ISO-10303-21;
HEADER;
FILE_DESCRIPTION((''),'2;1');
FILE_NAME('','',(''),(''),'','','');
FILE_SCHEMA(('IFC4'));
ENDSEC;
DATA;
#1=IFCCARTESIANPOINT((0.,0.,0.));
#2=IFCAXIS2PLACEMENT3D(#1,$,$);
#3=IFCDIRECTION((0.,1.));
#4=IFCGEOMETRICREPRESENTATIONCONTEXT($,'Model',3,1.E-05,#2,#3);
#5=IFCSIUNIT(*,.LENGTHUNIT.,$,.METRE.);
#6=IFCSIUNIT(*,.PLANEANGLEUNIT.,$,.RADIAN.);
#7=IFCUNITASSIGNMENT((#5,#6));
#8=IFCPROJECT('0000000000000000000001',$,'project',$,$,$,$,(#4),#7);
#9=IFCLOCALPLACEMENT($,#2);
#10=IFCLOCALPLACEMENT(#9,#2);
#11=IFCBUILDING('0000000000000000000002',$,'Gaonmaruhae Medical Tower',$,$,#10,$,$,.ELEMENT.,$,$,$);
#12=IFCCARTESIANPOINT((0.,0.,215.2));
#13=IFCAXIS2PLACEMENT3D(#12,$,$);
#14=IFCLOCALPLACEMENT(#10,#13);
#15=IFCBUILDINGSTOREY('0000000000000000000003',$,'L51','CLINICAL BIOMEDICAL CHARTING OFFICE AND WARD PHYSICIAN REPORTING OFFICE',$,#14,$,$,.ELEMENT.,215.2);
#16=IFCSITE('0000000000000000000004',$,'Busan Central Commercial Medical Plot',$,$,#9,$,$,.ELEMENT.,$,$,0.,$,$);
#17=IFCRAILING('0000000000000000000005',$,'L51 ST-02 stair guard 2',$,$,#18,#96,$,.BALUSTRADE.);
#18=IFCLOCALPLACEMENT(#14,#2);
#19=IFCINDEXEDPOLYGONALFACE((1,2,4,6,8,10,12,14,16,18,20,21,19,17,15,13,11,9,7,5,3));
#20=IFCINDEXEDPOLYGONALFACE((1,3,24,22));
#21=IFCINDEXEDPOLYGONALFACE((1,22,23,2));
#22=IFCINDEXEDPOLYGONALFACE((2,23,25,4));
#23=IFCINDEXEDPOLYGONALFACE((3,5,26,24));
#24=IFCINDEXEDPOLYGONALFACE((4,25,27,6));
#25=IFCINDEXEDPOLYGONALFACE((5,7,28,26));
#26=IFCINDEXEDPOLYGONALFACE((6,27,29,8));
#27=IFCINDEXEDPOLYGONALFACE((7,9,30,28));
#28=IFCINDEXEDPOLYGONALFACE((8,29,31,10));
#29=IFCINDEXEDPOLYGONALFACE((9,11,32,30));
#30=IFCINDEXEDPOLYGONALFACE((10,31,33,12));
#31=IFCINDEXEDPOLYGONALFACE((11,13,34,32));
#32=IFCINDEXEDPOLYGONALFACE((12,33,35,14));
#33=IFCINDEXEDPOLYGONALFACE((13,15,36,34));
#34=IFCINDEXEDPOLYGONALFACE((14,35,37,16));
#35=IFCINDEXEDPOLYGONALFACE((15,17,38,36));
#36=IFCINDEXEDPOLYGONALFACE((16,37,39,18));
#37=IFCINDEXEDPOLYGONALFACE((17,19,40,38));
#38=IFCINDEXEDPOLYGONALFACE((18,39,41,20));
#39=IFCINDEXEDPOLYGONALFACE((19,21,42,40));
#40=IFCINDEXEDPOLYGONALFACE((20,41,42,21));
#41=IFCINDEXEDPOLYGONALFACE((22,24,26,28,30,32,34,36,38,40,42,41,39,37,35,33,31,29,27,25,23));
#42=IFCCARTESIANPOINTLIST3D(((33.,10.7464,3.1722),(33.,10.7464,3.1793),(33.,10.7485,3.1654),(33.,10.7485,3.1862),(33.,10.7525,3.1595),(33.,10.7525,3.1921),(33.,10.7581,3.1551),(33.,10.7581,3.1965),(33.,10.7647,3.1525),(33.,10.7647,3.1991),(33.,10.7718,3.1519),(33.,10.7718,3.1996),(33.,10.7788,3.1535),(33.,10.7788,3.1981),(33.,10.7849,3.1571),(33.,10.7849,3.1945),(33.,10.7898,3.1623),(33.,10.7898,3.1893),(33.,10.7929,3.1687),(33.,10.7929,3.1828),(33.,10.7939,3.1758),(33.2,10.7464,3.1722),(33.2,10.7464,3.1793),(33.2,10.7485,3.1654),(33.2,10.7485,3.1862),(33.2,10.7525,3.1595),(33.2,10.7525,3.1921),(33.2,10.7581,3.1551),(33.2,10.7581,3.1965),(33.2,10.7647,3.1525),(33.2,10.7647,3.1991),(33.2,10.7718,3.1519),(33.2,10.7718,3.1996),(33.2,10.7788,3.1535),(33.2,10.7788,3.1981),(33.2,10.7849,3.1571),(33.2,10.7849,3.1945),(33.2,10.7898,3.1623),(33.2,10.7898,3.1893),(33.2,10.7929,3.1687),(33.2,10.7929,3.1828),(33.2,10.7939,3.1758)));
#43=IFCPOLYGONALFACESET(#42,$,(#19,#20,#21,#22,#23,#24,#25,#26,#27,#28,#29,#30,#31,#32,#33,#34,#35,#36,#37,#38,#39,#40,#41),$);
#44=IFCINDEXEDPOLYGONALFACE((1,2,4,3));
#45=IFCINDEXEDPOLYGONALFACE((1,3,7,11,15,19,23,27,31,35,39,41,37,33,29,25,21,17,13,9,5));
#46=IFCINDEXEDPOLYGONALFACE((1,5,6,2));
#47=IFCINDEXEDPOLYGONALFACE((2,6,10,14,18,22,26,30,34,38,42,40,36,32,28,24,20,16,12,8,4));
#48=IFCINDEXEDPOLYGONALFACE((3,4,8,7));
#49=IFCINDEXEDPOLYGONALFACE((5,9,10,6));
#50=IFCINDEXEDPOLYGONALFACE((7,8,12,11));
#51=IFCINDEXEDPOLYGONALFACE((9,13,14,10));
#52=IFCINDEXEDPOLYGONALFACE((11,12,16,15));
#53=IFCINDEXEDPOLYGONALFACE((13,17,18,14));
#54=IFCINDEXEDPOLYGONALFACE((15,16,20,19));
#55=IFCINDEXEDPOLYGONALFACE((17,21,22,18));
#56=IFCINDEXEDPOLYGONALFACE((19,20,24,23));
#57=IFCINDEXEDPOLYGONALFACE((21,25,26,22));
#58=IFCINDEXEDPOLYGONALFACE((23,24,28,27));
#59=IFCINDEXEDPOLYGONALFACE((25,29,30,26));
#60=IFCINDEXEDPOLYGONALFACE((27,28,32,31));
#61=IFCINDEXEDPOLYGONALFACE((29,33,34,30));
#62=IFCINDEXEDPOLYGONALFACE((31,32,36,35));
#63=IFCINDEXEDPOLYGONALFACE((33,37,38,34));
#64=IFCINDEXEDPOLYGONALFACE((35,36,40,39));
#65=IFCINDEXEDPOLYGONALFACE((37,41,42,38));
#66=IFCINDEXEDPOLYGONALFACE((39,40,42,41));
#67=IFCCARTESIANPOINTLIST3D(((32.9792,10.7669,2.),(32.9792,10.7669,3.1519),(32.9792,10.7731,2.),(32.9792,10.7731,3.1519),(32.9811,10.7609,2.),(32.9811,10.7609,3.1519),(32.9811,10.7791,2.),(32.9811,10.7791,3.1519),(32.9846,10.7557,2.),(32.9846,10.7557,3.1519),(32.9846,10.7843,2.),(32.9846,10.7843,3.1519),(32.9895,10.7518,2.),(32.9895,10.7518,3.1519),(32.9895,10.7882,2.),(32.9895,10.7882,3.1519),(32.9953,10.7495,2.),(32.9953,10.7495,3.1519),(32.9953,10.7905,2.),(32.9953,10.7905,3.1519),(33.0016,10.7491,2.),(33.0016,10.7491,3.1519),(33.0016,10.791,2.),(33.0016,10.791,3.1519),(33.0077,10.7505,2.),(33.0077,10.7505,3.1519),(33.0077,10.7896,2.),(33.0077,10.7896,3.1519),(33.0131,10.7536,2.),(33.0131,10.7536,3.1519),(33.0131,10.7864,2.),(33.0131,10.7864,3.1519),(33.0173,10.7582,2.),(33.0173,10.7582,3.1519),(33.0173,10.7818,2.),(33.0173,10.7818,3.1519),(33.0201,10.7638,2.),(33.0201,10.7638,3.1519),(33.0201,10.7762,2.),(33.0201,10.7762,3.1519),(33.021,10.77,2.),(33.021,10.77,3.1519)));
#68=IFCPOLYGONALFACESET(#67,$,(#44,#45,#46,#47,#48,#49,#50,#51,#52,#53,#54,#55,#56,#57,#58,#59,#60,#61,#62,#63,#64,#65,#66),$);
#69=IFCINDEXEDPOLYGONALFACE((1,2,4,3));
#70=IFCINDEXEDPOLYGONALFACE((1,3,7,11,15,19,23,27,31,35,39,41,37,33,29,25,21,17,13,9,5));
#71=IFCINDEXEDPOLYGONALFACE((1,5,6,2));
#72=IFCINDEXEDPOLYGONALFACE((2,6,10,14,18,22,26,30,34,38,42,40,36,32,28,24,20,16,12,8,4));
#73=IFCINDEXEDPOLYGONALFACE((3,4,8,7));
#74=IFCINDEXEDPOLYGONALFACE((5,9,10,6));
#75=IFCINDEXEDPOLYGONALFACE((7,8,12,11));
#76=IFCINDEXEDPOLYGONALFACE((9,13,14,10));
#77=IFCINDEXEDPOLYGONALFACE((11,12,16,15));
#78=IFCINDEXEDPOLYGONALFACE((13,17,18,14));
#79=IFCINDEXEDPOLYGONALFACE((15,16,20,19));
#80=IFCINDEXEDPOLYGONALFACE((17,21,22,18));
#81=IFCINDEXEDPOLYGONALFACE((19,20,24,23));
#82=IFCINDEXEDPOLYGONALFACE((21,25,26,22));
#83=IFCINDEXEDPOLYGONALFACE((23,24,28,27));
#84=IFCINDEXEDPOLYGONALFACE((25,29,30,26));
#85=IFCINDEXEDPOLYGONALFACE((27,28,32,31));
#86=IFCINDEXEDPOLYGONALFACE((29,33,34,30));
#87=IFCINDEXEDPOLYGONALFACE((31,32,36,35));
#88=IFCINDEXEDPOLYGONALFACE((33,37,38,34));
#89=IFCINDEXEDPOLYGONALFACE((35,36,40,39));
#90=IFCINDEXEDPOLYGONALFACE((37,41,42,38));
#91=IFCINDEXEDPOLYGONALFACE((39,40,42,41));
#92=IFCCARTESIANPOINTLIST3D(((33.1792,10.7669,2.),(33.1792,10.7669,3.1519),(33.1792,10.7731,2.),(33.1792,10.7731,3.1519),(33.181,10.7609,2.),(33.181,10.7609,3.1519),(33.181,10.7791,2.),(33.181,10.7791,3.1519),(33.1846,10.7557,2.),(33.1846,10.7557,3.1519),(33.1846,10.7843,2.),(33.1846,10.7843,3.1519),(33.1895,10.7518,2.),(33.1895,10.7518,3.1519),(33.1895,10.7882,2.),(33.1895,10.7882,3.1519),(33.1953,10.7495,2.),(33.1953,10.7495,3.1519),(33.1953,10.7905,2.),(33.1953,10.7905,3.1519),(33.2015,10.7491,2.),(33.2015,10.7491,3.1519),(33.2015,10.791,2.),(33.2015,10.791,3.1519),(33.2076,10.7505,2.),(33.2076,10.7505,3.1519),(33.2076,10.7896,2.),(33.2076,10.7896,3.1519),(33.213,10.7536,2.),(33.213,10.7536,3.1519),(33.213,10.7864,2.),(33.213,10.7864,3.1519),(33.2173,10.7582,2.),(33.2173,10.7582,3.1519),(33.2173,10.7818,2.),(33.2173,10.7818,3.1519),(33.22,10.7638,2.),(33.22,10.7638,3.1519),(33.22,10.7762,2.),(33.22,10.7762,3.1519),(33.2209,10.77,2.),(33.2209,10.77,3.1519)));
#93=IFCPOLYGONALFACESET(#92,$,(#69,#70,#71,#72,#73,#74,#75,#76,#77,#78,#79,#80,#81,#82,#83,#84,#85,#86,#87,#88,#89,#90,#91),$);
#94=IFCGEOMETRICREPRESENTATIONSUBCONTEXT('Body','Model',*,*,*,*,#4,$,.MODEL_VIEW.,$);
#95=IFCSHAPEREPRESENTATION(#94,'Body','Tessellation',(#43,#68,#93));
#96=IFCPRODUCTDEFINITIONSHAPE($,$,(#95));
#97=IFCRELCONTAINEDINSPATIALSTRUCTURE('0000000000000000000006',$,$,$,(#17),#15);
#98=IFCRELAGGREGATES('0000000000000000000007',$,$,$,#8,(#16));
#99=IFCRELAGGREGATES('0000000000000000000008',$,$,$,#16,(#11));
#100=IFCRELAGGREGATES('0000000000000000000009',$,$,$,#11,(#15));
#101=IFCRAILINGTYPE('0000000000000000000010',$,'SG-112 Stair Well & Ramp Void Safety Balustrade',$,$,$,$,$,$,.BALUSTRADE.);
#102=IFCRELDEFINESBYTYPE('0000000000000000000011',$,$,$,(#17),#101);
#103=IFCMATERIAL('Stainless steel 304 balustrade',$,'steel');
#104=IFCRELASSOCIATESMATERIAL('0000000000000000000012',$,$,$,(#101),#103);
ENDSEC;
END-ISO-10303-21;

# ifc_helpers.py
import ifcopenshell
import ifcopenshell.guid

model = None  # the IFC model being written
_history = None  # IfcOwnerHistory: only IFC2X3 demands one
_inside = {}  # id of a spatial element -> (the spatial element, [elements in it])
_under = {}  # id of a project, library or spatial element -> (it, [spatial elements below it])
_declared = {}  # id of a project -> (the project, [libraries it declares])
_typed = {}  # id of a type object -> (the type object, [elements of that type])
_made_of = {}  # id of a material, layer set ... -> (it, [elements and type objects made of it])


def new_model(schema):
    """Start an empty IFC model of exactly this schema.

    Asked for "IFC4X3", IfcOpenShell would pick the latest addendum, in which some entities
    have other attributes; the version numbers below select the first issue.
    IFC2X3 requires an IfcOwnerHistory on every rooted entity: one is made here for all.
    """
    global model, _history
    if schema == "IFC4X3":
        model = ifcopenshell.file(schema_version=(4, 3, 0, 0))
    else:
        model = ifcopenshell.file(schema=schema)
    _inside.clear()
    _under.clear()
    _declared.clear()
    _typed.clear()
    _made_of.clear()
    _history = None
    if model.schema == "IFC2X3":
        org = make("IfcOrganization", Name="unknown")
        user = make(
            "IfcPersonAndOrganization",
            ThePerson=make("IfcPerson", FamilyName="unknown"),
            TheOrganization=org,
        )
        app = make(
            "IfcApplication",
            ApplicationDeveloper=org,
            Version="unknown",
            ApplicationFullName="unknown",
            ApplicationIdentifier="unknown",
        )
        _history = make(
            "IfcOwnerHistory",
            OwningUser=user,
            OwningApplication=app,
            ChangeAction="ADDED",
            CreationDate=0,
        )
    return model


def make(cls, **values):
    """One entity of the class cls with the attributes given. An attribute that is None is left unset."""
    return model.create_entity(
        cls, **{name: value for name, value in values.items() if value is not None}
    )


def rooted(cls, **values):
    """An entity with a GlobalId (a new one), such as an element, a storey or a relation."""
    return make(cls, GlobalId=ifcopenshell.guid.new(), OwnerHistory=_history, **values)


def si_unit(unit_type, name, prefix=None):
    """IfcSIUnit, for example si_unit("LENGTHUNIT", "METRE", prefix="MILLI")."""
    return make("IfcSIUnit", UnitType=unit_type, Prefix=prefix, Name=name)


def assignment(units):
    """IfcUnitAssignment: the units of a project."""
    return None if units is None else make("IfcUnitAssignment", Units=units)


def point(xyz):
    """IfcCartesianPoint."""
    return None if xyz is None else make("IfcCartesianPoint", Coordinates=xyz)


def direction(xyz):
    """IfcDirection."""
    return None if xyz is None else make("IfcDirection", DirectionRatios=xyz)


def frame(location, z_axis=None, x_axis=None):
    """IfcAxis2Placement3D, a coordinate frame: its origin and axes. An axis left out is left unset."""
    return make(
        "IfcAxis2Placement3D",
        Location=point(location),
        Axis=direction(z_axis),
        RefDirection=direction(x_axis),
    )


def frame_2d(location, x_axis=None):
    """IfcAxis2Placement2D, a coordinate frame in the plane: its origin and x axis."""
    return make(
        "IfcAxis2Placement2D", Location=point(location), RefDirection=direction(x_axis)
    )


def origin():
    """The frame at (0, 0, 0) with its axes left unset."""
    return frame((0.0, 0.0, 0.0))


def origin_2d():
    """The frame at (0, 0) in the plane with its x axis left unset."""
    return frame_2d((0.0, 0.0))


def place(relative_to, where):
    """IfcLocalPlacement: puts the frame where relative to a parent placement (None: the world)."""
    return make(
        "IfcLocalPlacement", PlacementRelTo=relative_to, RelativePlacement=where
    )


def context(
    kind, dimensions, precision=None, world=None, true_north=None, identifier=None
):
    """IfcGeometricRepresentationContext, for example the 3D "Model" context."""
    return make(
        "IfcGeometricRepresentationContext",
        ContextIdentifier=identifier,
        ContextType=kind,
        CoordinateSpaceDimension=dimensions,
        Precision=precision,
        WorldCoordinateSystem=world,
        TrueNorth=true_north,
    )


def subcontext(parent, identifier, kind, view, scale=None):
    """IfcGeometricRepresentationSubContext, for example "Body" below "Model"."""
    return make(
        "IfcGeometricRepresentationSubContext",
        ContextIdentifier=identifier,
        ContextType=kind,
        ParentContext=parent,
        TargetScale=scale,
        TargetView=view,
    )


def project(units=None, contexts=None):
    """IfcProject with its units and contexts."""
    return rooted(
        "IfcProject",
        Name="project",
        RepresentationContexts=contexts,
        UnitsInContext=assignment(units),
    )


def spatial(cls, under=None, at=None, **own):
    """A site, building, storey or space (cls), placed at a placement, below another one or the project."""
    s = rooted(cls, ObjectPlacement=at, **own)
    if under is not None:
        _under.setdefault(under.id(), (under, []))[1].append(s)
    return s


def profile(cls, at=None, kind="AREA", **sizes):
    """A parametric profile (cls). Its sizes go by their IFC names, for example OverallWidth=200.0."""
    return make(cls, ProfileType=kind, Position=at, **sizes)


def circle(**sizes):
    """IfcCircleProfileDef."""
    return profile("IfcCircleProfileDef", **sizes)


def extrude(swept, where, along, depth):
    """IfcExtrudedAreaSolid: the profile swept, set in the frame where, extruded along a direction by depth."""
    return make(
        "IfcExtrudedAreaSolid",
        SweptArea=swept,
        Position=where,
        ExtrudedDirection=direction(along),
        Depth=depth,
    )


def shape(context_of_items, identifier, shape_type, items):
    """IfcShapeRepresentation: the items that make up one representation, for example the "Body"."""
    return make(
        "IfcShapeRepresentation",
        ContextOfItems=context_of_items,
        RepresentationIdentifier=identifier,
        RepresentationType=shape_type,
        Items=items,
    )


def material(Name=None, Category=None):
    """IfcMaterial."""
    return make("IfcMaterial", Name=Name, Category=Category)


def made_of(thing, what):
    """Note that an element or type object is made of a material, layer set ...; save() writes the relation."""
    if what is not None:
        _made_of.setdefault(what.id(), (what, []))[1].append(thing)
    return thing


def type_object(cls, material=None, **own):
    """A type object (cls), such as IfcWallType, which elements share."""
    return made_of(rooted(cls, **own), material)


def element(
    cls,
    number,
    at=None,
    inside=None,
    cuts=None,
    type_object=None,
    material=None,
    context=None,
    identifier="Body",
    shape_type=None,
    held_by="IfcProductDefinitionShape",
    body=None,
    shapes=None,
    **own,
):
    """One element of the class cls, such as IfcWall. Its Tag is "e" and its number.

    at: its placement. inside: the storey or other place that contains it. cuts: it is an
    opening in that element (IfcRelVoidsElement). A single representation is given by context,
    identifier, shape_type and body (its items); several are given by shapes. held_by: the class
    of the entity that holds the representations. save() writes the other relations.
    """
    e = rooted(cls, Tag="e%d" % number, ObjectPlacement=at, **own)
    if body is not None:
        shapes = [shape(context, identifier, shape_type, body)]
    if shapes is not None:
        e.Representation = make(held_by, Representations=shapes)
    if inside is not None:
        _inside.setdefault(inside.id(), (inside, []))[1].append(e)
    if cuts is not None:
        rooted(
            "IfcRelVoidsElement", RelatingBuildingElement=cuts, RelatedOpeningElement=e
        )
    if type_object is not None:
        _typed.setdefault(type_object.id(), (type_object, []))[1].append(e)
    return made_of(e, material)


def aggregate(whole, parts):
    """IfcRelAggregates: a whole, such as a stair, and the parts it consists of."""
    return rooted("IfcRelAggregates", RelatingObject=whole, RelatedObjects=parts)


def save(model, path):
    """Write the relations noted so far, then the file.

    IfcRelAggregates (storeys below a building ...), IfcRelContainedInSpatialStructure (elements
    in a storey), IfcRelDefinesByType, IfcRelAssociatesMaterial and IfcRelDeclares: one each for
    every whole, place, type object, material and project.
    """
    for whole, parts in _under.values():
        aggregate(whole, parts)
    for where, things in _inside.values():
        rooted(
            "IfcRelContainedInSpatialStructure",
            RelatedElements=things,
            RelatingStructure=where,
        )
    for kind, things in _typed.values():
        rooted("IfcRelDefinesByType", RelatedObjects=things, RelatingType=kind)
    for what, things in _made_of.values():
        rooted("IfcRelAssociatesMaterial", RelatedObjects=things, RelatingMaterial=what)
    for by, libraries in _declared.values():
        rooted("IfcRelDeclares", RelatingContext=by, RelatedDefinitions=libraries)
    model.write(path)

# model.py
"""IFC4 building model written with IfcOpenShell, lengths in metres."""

from ifc_helpers import new_model, si_unit, direction, frame, origin, origin_2d, place, context, subcontext, project, spatial, circle, extrude, material, type_object, element, save


model = new_model("IFC4")

# Units and contexts
model_context = context("Model", 3, precision=1e-05, world=origin(), true_north=direction((0.0, 1.0)))
body_context = subcontext(model_context, "Body", "Model", "MODEL_VIEW")
ifc_project = project(units=[si_unit("LENGTHUNIT", "METRE"), si_unit("PLANEANGLEUNIT", "RADIAN")], contexts=[model_context])

# Site, building, storey
site_placement = place(None, origin())
site = spatial("IfcSite", under=ifc_project, at=site_placement, Name="Busan Central Commercial Medical Plot", CompositionType="ELEMENT", RefElevation=0.0)
building_placement = place(site_placement, origin())
building = spatial("IfcBuilding", under=site, at=building_placement, Name="Gaonmaruhae Medical Tower", CompositionType="ELEMENT")
storey_placement = place(building_placement, frame((0.0, 0.0, 215.2)))
storey = spatial("IfcBuildingStorey", under=building, at=storey_placement, Name="L51", Description="CLINICAL BIOMEDICAL CHARTING OFFICE AND WARD PHYSICIAN REPORTING OFFICE", CompositionType="ELEMENT", Elevation=215.2)

# Railing
ifc_material_1 = material(Name="Stainless steel 304 balustrade", Category="steel")
railing_type_1 = type_object("IfcRailingType", Name="SG-112 Stair Well & Ramp Void Safety Balustrade", PredefinedType="BALUSTRADE", material=ifc_material_1)
railing_1_placement = place(storey_placement, frame((33.0, 10.77, 2.0)))
element("IfcRailing", 1, at=railing_1_placement, inside=storey, type_object=railing_type_1, Name="L51 ST-02 stair guard 2", PredefinedType="BALUSTRADE", context=body_context, shape_type="SweptSolid", body=[
    extrude(circle(Radius=0.0239, at=origin_2d()), frame((0.0, 0.0, 1.1758), z_axis=(1.0, 0.0, 0.0), x_axis=(0.0, 1.0, 0.0)), (0.0, 0.0, 1.0), 0.2),
    extrude(circle(Radius=0.021, at=origin_2d()), origin(), (0.0, 0.0, 1.0), 1.1519),
    extrude(circle(Radius=0.021, at=origin_2d()), frame((0.2, 0.0, 0.0)), (0.0, 0.0, 1.0), 1.1519),
])

save(model, "model.ifc")
